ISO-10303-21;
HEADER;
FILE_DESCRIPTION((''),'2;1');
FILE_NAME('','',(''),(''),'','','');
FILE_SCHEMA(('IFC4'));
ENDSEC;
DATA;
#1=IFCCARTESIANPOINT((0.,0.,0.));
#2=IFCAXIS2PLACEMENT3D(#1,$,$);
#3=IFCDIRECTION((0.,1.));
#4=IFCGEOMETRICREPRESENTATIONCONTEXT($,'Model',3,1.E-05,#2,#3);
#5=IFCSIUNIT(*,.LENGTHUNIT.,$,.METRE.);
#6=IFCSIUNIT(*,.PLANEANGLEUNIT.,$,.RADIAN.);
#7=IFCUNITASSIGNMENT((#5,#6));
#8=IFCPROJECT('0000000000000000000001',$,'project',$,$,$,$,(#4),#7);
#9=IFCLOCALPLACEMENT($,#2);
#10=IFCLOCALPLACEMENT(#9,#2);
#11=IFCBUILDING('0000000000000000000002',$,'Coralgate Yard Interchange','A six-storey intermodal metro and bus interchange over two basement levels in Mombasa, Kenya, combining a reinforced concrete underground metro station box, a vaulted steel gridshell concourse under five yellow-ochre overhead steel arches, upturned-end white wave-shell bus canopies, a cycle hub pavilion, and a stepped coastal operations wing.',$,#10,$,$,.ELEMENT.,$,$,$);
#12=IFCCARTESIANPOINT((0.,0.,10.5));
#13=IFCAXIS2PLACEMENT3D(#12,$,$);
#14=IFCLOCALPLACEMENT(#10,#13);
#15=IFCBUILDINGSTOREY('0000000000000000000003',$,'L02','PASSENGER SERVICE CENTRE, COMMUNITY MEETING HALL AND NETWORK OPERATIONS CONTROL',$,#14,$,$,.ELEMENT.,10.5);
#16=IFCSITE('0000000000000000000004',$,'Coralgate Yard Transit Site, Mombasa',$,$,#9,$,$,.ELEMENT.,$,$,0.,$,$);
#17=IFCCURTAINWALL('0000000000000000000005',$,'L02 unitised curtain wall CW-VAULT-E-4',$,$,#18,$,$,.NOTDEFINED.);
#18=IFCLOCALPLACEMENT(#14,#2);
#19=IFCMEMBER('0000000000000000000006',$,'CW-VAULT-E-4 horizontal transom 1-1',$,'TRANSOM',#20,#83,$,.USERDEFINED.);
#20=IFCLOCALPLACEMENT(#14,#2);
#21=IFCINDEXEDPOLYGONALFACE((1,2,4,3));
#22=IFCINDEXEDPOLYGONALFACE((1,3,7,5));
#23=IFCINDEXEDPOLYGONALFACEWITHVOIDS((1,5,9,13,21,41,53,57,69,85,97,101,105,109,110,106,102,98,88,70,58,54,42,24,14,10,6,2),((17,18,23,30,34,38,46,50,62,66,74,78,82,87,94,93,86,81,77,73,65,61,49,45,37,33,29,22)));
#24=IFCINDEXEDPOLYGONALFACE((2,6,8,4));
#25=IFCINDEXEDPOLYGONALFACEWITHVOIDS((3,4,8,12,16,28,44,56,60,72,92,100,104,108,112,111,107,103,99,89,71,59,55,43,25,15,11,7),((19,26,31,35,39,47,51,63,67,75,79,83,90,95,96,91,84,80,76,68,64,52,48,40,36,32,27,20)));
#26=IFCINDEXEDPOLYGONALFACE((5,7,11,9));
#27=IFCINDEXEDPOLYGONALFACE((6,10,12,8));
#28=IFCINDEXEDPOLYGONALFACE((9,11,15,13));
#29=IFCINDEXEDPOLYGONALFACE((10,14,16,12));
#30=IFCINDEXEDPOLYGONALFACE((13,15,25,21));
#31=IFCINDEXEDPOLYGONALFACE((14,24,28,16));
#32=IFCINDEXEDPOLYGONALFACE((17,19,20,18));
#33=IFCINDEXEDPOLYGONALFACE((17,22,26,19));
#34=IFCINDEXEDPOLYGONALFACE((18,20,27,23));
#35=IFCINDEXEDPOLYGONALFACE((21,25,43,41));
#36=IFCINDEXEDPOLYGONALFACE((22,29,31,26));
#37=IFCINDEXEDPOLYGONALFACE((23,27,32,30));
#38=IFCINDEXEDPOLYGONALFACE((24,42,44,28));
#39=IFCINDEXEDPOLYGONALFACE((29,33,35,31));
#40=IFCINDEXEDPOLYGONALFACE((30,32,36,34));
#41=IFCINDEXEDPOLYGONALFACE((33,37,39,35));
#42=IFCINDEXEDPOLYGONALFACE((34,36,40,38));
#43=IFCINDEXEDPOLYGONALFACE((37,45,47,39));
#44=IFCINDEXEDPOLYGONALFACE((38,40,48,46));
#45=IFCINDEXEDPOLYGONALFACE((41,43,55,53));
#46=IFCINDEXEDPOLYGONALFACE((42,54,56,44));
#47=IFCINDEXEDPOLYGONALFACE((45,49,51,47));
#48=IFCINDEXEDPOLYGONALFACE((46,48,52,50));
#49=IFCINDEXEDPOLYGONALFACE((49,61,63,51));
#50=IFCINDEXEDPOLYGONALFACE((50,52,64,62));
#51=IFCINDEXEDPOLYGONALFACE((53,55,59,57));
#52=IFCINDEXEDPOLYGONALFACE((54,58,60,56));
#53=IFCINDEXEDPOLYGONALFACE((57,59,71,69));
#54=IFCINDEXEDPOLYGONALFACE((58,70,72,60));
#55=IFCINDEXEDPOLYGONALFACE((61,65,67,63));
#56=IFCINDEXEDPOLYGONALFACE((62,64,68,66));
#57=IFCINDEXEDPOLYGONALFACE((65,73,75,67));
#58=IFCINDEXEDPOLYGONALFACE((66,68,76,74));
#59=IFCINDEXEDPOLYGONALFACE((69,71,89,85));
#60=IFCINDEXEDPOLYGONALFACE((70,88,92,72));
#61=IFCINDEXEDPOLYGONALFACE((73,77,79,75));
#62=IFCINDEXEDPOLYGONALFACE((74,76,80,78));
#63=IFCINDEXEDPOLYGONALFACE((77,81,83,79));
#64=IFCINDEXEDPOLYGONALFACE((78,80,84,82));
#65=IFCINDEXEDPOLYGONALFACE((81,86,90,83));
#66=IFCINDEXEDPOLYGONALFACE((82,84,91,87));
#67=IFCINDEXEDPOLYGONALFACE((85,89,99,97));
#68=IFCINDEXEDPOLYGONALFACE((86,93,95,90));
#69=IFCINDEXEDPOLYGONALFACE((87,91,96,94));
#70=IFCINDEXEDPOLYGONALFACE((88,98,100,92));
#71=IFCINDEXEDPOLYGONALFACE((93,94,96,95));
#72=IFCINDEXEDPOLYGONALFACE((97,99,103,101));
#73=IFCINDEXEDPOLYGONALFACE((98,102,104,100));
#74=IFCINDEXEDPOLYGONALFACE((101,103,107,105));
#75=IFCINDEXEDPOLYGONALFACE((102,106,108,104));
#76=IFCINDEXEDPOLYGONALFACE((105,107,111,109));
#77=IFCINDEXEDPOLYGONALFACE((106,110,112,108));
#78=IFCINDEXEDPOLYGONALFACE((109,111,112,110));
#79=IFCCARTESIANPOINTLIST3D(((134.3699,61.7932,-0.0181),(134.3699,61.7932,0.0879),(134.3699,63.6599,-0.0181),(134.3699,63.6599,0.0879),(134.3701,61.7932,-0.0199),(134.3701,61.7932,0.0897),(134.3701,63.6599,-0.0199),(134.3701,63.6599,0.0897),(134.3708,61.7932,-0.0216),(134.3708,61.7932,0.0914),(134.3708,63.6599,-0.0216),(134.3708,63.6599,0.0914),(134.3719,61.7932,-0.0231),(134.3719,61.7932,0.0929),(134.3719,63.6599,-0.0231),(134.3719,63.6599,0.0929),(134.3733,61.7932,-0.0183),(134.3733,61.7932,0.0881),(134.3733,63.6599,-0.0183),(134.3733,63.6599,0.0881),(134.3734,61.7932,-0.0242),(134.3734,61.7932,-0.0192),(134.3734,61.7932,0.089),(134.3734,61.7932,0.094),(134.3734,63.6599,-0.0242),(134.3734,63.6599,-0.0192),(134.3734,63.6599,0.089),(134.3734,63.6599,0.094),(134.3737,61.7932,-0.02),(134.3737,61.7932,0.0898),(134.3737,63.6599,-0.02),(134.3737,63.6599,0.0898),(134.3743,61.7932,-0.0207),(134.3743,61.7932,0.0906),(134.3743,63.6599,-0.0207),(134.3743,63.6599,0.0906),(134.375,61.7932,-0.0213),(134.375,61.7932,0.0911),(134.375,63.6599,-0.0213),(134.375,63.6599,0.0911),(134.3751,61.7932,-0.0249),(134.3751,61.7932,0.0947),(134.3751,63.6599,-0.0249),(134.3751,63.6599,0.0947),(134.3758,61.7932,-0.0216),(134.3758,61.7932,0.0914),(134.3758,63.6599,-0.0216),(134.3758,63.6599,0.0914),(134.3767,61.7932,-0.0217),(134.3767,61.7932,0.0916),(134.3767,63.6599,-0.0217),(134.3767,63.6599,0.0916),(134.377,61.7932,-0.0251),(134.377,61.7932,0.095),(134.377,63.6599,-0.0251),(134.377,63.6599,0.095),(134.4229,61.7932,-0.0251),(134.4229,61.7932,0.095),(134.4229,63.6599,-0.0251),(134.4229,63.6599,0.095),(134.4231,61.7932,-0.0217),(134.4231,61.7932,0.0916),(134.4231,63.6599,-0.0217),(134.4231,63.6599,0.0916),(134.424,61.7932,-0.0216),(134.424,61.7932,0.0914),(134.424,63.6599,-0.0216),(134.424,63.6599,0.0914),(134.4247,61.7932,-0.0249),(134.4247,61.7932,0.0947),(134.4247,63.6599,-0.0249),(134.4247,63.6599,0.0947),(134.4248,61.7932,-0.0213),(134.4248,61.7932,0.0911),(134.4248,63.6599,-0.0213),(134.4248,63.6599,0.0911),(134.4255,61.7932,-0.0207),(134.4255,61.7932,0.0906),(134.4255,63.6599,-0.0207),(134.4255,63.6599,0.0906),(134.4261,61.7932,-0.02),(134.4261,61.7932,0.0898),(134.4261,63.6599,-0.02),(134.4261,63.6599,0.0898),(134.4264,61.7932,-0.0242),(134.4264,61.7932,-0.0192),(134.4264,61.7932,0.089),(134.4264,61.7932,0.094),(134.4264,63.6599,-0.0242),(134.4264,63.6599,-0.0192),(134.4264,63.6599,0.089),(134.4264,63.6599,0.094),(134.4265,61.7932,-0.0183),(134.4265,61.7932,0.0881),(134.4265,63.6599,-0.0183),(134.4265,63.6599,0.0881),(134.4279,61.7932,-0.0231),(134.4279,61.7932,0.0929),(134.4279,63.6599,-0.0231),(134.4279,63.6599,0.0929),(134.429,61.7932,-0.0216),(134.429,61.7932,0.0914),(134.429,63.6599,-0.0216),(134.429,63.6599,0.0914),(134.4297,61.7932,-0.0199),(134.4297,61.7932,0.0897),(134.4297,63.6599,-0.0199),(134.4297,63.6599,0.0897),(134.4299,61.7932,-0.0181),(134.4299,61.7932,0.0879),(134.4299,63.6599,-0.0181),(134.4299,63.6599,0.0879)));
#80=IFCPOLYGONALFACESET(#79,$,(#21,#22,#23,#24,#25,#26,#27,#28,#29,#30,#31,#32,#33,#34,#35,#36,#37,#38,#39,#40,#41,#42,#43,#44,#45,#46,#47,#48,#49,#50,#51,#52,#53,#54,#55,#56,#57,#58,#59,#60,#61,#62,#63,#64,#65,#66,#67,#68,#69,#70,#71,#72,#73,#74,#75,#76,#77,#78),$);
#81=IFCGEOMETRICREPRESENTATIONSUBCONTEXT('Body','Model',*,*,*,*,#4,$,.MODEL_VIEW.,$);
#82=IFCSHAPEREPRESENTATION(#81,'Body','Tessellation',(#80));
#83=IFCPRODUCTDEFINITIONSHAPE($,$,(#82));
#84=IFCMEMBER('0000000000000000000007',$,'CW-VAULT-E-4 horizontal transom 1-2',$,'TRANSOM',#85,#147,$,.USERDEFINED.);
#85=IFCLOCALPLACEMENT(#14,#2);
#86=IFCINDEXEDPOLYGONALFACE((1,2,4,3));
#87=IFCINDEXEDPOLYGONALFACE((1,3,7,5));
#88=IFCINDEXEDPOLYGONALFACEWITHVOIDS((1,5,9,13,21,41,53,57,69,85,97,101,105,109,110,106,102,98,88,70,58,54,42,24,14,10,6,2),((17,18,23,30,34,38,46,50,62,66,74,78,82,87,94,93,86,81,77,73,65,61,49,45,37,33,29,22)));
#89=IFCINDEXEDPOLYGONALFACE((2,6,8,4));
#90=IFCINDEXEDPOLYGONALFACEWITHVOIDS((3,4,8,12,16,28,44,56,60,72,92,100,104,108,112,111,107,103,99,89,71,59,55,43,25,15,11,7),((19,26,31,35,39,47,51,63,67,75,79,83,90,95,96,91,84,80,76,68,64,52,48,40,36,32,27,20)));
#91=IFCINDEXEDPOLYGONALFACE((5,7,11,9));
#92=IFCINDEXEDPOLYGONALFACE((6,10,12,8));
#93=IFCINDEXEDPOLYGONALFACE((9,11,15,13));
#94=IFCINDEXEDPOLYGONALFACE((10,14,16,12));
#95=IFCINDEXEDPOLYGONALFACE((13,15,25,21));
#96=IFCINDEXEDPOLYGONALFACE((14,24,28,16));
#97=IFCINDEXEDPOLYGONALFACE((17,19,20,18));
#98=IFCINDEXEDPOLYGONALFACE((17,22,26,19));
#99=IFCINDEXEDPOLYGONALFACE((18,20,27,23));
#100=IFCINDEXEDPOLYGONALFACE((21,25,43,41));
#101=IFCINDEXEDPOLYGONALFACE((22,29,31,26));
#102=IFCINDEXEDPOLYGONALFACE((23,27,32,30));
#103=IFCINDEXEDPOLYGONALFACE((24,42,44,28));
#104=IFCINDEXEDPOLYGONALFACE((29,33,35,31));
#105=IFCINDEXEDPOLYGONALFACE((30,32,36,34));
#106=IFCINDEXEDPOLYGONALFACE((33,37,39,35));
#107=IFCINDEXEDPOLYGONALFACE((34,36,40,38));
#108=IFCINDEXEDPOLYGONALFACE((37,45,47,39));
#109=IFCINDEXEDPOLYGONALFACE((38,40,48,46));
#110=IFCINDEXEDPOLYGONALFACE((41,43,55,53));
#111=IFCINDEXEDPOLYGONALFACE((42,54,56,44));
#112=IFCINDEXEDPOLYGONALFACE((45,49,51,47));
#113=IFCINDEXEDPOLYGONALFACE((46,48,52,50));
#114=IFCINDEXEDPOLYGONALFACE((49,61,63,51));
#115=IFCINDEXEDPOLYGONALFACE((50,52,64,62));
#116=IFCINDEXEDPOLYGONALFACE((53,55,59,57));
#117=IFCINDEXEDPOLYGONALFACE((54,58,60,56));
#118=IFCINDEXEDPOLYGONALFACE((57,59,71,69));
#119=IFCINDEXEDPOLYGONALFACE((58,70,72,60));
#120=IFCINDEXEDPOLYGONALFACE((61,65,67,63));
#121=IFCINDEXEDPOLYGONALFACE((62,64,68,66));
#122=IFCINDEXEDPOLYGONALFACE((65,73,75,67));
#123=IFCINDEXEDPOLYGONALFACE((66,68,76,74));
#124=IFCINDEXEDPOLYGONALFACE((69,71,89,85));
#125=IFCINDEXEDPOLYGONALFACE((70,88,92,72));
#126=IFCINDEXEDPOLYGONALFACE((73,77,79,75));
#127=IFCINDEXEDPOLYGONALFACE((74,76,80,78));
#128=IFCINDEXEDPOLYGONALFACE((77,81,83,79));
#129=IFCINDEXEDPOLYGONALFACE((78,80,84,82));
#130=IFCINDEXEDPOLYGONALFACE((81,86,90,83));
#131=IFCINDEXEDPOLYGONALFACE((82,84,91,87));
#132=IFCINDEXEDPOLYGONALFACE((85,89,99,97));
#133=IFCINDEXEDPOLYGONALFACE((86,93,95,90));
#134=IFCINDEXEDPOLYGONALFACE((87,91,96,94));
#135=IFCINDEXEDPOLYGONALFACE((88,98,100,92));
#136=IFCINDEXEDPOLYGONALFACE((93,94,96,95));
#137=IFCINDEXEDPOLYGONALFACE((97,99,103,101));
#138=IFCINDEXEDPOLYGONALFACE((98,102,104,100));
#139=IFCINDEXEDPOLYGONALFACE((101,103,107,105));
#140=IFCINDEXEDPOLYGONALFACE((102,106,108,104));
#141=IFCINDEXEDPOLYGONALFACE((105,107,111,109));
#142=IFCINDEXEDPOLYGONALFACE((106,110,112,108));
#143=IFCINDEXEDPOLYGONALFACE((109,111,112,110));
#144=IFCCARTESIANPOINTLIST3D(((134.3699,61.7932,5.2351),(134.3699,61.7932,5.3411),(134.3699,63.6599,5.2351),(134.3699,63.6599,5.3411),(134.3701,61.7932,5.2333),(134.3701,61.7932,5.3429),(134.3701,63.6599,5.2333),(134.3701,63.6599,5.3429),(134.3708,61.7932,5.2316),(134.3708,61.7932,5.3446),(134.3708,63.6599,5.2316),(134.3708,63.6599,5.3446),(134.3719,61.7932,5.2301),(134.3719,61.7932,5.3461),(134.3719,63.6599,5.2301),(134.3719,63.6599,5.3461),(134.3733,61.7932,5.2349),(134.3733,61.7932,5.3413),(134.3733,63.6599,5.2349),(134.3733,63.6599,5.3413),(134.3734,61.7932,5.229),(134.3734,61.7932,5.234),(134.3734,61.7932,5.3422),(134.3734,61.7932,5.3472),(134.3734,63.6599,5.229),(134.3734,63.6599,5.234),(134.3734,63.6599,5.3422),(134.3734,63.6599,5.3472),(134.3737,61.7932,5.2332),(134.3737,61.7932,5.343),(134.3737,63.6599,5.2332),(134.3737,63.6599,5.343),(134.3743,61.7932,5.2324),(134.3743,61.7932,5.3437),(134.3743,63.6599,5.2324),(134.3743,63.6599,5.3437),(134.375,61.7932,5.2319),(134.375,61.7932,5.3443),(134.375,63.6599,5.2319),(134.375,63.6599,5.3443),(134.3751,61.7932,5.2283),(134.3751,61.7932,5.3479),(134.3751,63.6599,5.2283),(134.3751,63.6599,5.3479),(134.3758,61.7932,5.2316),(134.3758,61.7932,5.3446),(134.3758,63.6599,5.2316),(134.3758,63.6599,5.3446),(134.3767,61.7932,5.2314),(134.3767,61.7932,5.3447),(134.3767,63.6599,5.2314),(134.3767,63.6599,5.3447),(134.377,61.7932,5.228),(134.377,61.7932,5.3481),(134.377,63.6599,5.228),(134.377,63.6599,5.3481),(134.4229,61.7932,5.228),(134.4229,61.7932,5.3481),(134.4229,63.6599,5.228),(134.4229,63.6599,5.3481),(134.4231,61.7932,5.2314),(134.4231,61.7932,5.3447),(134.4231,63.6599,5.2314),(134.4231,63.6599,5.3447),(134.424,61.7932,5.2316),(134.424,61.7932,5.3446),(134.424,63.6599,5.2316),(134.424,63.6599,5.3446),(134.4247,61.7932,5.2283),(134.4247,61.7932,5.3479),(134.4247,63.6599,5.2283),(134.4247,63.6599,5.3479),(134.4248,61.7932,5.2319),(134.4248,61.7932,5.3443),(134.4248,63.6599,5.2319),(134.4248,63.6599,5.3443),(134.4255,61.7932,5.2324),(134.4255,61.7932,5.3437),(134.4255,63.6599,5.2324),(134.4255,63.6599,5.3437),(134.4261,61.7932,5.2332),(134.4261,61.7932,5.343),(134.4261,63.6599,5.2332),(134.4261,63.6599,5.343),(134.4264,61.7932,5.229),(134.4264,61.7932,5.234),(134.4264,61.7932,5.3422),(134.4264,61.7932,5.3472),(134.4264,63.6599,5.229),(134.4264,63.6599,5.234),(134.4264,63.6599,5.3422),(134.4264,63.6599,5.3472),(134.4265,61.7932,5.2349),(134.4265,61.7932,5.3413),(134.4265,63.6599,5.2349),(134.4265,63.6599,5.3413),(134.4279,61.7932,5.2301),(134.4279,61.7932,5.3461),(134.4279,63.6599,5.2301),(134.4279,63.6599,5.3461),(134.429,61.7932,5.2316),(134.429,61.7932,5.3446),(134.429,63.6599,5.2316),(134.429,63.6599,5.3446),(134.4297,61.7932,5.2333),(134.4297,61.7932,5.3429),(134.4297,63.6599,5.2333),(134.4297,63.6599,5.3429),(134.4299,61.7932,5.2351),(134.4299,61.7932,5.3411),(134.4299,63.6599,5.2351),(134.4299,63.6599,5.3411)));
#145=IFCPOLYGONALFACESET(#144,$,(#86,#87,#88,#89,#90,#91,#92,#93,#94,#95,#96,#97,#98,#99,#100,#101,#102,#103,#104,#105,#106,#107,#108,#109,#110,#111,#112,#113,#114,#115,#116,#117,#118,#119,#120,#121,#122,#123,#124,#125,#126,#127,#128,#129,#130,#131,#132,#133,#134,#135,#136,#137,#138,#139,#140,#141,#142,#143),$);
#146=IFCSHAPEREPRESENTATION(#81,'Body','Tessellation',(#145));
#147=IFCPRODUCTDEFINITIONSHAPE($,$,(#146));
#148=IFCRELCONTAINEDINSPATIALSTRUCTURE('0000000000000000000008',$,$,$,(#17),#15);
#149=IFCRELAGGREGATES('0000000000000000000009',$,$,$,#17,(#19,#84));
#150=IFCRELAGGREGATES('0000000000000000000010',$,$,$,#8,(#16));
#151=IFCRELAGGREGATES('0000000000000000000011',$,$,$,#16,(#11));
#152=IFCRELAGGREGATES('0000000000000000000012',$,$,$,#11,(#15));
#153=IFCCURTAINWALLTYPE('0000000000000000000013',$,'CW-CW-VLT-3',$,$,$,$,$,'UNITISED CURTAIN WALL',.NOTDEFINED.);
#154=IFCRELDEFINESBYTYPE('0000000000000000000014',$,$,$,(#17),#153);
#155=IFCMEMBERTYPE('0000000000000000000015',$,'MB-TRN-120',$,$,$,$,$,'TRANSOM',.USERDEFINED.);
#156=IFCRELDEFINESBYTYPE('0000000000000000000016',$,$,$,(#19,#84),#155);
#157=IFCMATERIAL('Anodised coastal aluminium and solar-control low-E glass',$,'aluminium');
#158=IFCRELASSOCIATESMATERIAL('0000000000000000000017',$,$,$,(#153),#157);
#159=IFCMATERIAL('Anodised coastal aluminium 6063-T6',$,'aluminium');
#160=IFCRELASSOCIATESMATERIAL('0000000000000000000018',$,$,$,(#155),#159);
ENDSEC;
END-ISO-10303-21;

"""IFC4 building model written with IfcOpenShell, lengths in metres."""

from ifc_helpers import new_model, si_unit, direction, frame, origin, origin_2d, place, context, subcontext, project, spatial, hollow_rectangle, extrude, material, material_profile, profile_set, type_object, element, aggregate, save


model = new_model("IFC4")

# Units and contexts
model_context = context("Model", 3, precision=1e-05, world=origin(), true_north=direction((0.0, 1.0)))
body_context = subcontext(model_context, "Body", "Model", "MODEL_VIEW")
ifc_project = project(units=[si_unit("LENGTHUNIT", "METRE"), si_unit("PLANEANGLEUNIT", "RADIAN")], contexts=[model_context])

# Site, building, storey
site_placement = place(None, origin())
site = spatial("IfcSite", under=ifc_project, at=site_placement, Name="Coralgate Yard Transit Site, Mombasa", CompositionType="ELEMENT", RefElevation=0.0)
building_placement = place(site_placement, origin())
building = spatial("IfcBuilding", under=site, at=building_placement, Name="Coralgate Yard Interchange", Description="A six-storey intermodal metro and bus interchange over two basement levels in Mombasa, Kenya, combining a reinforced concrete underground metro station box, a vaulted steel gridshell concourse under five yellow-ochre overhead steel arches, upturned-end white wave-shell bus canopies, a cycle hub pavilion, and a stepped coastal operations wing.", CompositionType="ELEMENT")
storey_placement = place(building_placement, frame((0.0, 0.0, 10.5)))
storey = spatial("IfcBuildingStorey", under=building, at=storey_placement, Name="L02", Description="PASSENGER SERVICE CENTRE, COMMUNITY MEETING HALL AND NETWORK OPERATIONS CONTROL", CompositionType="ELEMENT", Elevation=10.5)

# Curtain wall
ifc_material_1 = material(Name="Anodised coastal aluminium and solar-control low-E glass", Category="aluminium")
curtain_wall_type_1 = type_object("IfcCurtainWallType", Name="CW-CW-VLT-3", ElementType="UNITISED CURTAIN WALL", PredefinedType="NOTDEFINED", material=ifc_material_1)
ifc_material_2 = material(Name="Anodised coastal aluminium 6063-T6", Category="aluminium")
curtain_wall_1_placement = place(storey_placement, origin())
curtain_wall_1 = element("IfcCurtainWall", 1, at=curtain_wall_1_placement, inside=storey, type_object=curtain_wall_type_1, Name="L02 unitised curtain wall CW-VAULT-E-4", PredefinedType="NOTDEFINED")

# Members
ifc_material_profile_1 = material_profile(ifc_material_2, hollow_rectangle(XDim=0.0601, YDim=0.1201, WallThickness=0.0034, InnerFilletRadius=0.0034, OuterFilletRadius=0.0071, at=origin_2d()), Name="ALU 60x120x3.5")
ifc_profile_set_1 = profile_set([ifc_material_profile_1], Name="Anodised coastal aluminium 6063-T6")
member_type_1 = type_object("IfcMemberType", Name="MB-TRN-120", ElementType="TRANSOM", PredefinedType="USERDEFINED", material=ifc_profile_set_1)
member_1_placement = place(storey_placement, frame((134.3999, 63.6599, 0.0349), z_axis=(0.0, -1.0, 0.0), x_axis=(1.0, 0.0, 0.0)))
member_1 = element("IfcMember", 2, at=member_1_placement, type_object=member_type_1, Name="CW-VAULT-E-4 horizontal transom 1-1", ObjectType="TRANSOM", PredefinedType="USERDEFINED", context=body_context, shape_type="SweptSolid", body=[
    extrude(hollow_rectangle(XDim=0.0601, YDim=0.1201, WallThickness=0.0034, InnerFilletRadius=0.0034, OuterFilletRadius=0.0071, at=origin_2d()), origin(), (0.0, 0.0, 1.0), 1.8667),
])
member_2_placement = place(storey_placement, frame((134.3999, 63.6599, 5.2881), z_axis=(0.0, -1.0, 0.0), x_axis=(1.0, 0.0, 0.0)))
member_2 = element("IfcMember", 3, at=member_2_placement, type_object=member_type_1, Name="CW-VAULT-E-4 horizontal transom 1-2", ObjectType="TRANSOM", PredefinedType="USERDEFINED", context=body_context, shape_type="SweptSolid", body=[
    extrude(hollow_rectangle(XDim=0.0601, YDim=0.1201, WallThickness=0.0034, InnerFilletRadius=0.0034, OuterFilletRadius=0.0071, at=origin_2d()), origin(), (0.0, 0.0, 1.0), 1.8667),
])

aggregate(curtain_wall_1, [member_1, member_2])

save(model, "model.ifc")
